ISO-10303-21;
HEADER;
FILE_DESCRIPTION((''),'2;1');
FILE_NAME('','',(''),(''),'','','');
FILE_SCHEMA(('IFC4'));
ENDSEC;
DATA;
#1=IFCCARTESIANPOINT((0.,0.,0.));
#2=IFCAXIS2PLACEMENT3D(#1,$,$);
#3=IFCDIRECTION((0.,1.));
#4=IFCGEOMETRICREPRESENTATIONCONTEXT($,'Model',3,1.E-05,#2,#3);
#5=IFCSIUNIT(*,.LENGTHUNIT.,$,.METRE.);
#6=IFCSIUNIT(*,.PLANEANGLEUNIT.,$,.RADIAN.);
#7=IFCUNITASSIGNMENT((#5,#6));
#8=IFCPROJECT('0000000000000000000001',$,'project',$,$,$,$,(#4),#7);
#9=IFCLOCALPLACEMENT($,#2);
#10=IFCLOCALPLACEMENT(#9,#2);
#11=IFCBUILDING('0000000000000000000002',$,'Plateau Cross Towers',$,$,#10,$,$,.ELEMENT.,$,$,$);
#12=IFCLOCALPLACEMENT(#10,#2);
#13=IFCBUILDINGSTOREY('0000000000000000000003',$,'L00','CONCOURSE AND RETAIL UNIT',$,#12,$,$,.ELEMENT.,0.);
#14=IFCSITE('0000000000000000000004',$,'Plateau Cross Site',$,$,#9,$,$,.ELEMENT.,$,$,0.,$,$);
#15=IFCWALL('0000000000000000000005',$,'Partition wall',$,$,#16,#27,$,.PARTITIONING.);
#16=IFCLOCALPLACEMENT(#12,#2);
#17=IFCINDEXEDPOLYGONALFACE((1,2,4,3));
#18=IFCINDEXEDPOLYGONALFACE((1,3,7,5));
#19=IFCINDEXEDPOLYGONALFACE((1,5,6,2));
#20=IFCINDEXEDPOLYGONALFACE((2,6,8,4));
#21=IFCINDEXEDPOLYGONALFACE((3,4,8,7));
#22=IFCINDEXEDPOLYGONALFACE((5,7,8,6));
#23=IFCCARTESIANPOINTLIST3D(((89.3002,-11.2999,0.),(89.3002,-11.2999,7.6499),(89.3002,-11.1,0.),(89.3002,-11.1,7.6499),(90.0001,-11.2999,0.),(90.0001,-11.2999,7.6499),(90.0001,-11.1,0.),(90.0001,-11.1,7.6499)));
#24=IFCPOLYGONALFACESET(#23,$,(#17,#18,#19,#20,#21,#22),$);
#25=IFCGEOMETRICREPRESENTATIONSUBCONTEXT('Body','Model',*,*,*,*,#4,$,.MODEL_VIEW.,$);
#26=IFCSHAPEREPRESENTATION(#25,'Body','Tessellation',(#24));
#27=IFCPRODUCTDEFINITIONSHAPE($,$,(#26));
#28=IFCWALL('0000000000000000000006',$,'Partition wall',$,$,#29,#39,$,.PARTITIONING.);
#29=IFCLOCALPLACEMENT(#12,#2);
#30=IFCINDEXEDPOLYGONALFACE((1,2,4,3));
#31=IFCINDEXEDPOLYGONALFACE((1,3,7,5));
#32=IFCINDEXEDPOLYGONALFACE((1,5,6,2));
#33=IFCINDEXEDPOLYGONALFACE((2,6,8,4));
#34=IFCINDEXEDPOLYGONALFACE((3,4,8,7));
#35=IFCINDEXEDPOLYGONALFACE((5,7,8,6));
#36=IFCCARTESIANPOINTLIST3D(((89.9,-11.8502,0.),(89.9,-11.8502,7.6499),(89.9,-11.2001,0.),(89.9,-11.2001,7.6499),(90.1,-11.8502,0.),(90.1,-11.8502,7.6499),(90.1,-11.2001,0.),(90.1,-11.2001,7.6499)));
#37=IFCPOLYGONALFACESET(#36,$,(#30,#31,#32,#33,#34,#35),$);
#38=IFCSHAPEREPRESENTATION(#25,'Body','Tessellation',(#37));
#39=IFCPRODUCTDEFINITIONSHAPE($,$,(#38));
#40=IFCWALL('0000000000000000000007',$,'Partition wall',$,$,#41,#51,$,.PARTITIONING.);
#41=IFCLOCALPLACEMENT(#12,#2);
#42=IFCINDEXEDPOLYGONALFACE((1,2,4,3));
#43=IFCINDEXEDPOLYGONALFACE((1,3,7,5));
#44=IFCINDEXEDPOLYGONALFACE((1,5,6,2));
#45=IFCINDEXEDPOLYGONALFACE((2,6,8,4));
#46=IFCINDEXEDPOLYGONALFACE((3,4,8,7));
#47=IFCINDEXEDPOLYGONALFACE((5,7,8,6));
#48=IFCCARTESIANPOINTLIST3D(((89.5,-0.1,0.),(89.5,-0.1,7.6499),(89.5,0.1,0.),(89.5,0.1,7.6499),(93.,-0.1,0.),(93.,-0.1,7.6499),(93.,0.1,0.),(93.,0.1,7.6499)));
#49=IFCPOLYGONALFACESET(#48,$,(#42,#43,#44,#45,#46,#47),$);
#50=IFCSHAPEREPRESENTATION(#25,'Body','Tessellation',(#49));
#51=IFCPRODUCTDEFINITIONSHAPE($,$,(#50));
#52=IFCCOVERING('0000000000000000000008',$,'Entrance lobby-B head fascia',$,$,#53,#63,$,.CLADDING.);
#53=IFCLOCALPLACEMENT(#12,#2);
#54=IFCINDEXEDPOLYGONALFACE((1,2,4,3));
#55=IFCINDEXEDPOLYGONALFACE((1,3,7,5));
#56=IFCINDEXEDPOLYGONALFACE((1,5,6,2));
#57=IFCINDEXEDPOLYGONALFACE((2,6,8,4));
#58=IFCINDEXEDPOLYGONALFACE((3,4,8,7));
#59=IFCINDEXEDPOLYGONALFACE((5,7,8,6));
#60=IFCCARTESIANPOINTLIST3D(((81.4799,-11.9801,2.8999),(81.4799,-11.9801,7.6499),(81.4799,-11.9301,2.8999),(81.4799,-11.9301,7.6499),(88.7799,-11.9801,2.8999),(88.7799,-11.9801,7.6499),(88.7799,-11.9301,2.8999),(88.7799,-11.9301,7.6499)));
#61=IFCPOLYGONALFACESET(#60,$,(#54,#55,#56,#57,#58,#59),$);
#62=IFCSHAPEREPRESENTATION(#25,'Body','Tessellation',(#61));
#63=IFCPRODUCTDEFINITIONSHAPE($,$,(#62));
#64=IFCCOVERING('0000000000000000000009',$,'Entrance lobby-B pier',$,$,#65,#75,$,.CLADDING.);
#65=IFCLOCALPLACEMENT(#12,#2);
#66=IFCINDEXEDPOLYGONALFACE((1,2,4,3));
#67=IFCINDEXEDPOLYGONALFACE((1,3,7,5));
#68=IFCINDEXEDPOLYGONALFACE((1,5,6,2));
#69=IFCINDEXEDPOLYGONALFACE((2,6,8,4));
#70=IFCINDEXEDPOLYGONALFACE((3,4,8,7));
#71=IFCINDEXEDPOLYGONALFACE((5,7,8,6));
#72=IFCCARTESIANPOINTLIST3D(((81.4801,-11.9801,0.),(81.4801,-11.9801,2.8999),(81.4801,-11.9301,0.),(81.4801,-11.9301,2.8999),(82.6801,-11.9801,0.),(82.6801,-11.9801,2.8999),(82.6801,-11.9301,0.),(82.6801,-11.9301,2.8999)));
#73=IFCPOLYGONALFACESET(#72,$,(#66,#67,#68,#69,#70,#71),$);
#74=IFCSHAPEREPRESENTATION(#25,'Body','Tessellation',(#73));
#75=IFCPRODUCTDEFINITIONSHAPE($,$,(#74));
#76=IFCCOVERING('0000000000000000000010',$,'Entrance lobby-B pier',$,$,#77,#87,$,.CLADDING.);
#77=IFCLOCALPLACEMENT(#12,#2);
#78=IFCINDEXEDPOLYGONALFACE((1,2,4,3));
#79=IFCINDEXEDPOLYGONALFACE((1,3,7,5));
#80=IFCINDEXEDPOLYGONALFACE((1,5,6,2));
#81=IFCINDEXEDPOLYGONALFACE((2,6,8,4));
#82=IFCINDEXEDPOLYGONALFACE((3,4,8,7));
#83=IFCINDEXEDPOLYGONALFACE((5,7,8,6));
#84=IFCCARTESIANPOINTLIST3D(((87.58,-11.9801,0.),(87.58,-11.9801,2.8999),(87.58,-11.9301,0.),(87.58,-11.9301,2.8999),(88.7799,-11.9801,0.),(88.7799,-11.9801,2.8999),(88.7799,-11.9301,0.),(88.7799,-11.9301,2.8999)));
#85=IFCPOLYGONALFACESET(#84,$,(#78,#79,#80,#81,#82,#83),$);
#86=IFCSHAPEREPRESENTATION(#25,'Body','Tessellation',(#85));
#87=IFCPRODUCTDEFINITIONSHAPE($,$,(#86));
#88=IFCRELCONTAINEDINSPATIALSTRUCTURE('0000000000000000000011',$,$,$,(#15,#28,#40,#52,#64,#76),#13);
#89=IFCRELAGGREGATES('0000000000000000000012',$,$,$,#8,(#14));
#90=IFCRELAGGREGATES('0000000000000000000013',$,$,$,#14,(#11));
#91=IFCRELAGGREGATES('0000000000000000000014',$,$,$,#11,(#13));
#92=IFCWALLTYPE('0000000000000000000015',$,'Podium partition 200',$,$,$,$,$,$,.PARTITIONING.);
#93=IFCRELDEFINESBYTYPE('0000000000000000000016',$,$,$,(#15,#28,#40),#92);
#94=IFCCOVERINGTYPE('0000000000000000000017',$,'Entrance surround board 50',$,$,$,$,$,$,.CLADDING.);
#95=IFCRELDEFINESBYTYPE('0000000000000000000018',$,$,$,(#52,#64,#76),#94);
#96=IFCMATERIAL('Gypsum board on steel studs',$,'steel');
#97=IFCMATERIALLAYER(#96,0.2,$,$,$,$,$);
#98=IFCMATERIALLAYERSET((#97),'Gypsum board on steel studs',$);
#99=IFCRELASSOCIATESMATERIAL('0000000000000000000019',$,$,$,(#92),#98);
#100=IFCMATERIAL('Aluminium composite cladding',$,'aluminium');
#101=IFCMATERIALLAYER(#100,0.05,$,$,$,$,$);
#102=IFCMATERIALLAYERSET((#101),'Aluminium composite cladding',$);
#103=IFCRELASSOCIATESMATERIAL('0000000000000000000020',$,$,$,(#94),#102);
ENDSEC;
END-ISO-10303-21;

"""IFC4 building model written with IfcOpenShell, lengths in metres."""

from ifc_helpers import new_model, si_unit, direction, frame, frame_2d, origin, origin_2d, place, context, subcontext, project, spatial, rectangle, extrude, material, layer, layer_set, type_object, element, save


model = new_model("IFC4")

# Units and contexts
model_context = context("Model", 3, precision=1e-05, world=origin(), true_north=direction((0.0, 1.0)))
body_context = subcontext(model_context, "Body", "Model", "MODEL_VIEW")
ifc_project = project(units=[si_unit("LENGTHUNIT", "METRE"), si_unit("PLANEANGLEUNIT", "RADIAN")], contexts=[model_context])

# Site, building, storey
site_placement = place(None, origin())
site = spatial("IfcSite", under=ifc_project, at=site_placement, Name="Plateau Cross Site", CompositionType="ELEMENT", RefElevation=0.0)
building_placement = place(site_placement, origin())
building = spatial("IfcBuilding", under=site, at=building_placement, Name="Plateau Cross Towers", CompositionType="ELEMENT")
storey_placement = place(building_placement, origin())
storey = spatial("IfcBuildingStorey", under=building, at=storey_placement, Name="L00", Description="CONCOURSE AND RETAIL UNIT", CompositionType="ELEMENT", Elevation=0.0)

# Shared definitions
ifc_material_1 = material(Name="Gypsum board on steel studs", Category="steel")
ifc_layer_1 = layer(ifc_material_1, 0.2)
ifc_layer_set_1 = layer_set([ifc_layer_1], Name="Gypsum board on steel studs")
wall_type_1 = type_object("IfcWallType", Name="Podium partition 200", PredefinedType="PARTITIONING", material=ifc_layer_set_1)

# Walls
wall_1_placement = place(storey_placement, frame((89.3, -11.2, 0.0), z_axis=(0.0, 0.0, 1.0), x_axis=(1.0, 0.0, 0.0)))
element("IfcWall", 1, at=wall_1_placement, inside=storey, type_object=wall_type_1, Name="Partition wall", PredefinedType="PARTITIONING", context=body_context, shape_type="SweptSolid", body=[
    extrude(rectangle(XDim=0.7, YDim=0.2, at=frame_2d((0.3501, 0.0))), origin(), (0.0, 0.0, 1.0), 7.6499),
])
wall_2_placement = place(storey_placement, frame((90.0, -11.2, 0.0), z_axis=(0.0, 0.0, 1.0), x_axis=(0.0, -1.0, 0.0)))
element("IfcWall", 2, at=wall_2_placement, inside=storey, type_object=wall_type_1, Name="Partition wall", PredefinedType="PARTITIONING", context=body_context, shape_type="SweptSolid", body=[
    extrude(rectangle(XDim=0.6501, YDim=0.2, at=frame_2d((0.3252, 0.0))), origin(), (0.0, 0.0, 1.0), 7.6499),
])
wall_3_placement = place(storey_placement, frame((89.5, 0.0, 0.0), z_axis=(0.0, 0.0, 1.0), x_axis=(1.0, 0.0, 0.0)))
element("IfcWall", 3, at=wall_3_placement, inside=storey, type_object=wall_type_1, Name="Partition wall", PredefinedType="PARTITIONING", context=body_context, shape_type="SweptSolid", body=[
    extrude(rectangle(XDim=3.5, YDim=0.2, at=frame_2d((1.75, 0.0))), origin(), (0.0, 0.0, 1.0), 7.6499),
])

# Coverings
ifc_material_2 = material(Name="Aluminium composite cladding", Category="aluminium")
ifc_layer_2 = layer(ifc_material_2, 0.05)
ifc_layer_set_2 = layer_set([ifc_layer_2], Name="Aluminium composite cladding")
covering_type = type_object("IfcCoveringType", Name="Entrance surround board 50", PredefinedType="CLADDING", material=ifc_layer_set_2)
covering_placement = place(storey_placement, frame((85.1299, -11.9551, 2.8999), z_axis=(0.0, 0.0, 1.0), x_axis=(1.0, 0.0, 0.0)))
element("IfcCovering", 4, at=covering_placement, inside=storey, type_object=covering_type, Name="Entrance lobby-B head fascia", PredefinedType="CLADDING", context=body_context, shape_type="SweptSolid", body=[
    extrude(rectangle(XDim=7.3, YDim=0.05, at=origin_2d()), origin(), (0.0, 0.0, 1.0), 4.75),
])
for number, where, z_axis, x_axis, name in (
    (5, (82.0801, -11.9551, 0.0), (0.0, 0.0, 1.0), (1.0, 0.0, 0.0), "Entrance lobby-B pier"),
    (6, (88.1799, -11.9551, 0.0), (0.0, 0.0, 1.0), (1.0, 0.0, 0.0), "Entrance lobby-B pier"),
):
    element("IfcCovering", number, at=place(storey_placement, frame(where, z_axis=z_axis, x_axis=x_axis)), inside=storey, type_object=covering_type, Name=name, PredefinedType="CLADDING", context=body_context, shape_type="SweptSolid", body=[
        extrude(rectangle(XDim=1.2, YDim=0.05, at=origin_2d()), origin(), (0.0, 0.0, 1.0), 2.8999),
    ])

save(model, "model.ifc")
